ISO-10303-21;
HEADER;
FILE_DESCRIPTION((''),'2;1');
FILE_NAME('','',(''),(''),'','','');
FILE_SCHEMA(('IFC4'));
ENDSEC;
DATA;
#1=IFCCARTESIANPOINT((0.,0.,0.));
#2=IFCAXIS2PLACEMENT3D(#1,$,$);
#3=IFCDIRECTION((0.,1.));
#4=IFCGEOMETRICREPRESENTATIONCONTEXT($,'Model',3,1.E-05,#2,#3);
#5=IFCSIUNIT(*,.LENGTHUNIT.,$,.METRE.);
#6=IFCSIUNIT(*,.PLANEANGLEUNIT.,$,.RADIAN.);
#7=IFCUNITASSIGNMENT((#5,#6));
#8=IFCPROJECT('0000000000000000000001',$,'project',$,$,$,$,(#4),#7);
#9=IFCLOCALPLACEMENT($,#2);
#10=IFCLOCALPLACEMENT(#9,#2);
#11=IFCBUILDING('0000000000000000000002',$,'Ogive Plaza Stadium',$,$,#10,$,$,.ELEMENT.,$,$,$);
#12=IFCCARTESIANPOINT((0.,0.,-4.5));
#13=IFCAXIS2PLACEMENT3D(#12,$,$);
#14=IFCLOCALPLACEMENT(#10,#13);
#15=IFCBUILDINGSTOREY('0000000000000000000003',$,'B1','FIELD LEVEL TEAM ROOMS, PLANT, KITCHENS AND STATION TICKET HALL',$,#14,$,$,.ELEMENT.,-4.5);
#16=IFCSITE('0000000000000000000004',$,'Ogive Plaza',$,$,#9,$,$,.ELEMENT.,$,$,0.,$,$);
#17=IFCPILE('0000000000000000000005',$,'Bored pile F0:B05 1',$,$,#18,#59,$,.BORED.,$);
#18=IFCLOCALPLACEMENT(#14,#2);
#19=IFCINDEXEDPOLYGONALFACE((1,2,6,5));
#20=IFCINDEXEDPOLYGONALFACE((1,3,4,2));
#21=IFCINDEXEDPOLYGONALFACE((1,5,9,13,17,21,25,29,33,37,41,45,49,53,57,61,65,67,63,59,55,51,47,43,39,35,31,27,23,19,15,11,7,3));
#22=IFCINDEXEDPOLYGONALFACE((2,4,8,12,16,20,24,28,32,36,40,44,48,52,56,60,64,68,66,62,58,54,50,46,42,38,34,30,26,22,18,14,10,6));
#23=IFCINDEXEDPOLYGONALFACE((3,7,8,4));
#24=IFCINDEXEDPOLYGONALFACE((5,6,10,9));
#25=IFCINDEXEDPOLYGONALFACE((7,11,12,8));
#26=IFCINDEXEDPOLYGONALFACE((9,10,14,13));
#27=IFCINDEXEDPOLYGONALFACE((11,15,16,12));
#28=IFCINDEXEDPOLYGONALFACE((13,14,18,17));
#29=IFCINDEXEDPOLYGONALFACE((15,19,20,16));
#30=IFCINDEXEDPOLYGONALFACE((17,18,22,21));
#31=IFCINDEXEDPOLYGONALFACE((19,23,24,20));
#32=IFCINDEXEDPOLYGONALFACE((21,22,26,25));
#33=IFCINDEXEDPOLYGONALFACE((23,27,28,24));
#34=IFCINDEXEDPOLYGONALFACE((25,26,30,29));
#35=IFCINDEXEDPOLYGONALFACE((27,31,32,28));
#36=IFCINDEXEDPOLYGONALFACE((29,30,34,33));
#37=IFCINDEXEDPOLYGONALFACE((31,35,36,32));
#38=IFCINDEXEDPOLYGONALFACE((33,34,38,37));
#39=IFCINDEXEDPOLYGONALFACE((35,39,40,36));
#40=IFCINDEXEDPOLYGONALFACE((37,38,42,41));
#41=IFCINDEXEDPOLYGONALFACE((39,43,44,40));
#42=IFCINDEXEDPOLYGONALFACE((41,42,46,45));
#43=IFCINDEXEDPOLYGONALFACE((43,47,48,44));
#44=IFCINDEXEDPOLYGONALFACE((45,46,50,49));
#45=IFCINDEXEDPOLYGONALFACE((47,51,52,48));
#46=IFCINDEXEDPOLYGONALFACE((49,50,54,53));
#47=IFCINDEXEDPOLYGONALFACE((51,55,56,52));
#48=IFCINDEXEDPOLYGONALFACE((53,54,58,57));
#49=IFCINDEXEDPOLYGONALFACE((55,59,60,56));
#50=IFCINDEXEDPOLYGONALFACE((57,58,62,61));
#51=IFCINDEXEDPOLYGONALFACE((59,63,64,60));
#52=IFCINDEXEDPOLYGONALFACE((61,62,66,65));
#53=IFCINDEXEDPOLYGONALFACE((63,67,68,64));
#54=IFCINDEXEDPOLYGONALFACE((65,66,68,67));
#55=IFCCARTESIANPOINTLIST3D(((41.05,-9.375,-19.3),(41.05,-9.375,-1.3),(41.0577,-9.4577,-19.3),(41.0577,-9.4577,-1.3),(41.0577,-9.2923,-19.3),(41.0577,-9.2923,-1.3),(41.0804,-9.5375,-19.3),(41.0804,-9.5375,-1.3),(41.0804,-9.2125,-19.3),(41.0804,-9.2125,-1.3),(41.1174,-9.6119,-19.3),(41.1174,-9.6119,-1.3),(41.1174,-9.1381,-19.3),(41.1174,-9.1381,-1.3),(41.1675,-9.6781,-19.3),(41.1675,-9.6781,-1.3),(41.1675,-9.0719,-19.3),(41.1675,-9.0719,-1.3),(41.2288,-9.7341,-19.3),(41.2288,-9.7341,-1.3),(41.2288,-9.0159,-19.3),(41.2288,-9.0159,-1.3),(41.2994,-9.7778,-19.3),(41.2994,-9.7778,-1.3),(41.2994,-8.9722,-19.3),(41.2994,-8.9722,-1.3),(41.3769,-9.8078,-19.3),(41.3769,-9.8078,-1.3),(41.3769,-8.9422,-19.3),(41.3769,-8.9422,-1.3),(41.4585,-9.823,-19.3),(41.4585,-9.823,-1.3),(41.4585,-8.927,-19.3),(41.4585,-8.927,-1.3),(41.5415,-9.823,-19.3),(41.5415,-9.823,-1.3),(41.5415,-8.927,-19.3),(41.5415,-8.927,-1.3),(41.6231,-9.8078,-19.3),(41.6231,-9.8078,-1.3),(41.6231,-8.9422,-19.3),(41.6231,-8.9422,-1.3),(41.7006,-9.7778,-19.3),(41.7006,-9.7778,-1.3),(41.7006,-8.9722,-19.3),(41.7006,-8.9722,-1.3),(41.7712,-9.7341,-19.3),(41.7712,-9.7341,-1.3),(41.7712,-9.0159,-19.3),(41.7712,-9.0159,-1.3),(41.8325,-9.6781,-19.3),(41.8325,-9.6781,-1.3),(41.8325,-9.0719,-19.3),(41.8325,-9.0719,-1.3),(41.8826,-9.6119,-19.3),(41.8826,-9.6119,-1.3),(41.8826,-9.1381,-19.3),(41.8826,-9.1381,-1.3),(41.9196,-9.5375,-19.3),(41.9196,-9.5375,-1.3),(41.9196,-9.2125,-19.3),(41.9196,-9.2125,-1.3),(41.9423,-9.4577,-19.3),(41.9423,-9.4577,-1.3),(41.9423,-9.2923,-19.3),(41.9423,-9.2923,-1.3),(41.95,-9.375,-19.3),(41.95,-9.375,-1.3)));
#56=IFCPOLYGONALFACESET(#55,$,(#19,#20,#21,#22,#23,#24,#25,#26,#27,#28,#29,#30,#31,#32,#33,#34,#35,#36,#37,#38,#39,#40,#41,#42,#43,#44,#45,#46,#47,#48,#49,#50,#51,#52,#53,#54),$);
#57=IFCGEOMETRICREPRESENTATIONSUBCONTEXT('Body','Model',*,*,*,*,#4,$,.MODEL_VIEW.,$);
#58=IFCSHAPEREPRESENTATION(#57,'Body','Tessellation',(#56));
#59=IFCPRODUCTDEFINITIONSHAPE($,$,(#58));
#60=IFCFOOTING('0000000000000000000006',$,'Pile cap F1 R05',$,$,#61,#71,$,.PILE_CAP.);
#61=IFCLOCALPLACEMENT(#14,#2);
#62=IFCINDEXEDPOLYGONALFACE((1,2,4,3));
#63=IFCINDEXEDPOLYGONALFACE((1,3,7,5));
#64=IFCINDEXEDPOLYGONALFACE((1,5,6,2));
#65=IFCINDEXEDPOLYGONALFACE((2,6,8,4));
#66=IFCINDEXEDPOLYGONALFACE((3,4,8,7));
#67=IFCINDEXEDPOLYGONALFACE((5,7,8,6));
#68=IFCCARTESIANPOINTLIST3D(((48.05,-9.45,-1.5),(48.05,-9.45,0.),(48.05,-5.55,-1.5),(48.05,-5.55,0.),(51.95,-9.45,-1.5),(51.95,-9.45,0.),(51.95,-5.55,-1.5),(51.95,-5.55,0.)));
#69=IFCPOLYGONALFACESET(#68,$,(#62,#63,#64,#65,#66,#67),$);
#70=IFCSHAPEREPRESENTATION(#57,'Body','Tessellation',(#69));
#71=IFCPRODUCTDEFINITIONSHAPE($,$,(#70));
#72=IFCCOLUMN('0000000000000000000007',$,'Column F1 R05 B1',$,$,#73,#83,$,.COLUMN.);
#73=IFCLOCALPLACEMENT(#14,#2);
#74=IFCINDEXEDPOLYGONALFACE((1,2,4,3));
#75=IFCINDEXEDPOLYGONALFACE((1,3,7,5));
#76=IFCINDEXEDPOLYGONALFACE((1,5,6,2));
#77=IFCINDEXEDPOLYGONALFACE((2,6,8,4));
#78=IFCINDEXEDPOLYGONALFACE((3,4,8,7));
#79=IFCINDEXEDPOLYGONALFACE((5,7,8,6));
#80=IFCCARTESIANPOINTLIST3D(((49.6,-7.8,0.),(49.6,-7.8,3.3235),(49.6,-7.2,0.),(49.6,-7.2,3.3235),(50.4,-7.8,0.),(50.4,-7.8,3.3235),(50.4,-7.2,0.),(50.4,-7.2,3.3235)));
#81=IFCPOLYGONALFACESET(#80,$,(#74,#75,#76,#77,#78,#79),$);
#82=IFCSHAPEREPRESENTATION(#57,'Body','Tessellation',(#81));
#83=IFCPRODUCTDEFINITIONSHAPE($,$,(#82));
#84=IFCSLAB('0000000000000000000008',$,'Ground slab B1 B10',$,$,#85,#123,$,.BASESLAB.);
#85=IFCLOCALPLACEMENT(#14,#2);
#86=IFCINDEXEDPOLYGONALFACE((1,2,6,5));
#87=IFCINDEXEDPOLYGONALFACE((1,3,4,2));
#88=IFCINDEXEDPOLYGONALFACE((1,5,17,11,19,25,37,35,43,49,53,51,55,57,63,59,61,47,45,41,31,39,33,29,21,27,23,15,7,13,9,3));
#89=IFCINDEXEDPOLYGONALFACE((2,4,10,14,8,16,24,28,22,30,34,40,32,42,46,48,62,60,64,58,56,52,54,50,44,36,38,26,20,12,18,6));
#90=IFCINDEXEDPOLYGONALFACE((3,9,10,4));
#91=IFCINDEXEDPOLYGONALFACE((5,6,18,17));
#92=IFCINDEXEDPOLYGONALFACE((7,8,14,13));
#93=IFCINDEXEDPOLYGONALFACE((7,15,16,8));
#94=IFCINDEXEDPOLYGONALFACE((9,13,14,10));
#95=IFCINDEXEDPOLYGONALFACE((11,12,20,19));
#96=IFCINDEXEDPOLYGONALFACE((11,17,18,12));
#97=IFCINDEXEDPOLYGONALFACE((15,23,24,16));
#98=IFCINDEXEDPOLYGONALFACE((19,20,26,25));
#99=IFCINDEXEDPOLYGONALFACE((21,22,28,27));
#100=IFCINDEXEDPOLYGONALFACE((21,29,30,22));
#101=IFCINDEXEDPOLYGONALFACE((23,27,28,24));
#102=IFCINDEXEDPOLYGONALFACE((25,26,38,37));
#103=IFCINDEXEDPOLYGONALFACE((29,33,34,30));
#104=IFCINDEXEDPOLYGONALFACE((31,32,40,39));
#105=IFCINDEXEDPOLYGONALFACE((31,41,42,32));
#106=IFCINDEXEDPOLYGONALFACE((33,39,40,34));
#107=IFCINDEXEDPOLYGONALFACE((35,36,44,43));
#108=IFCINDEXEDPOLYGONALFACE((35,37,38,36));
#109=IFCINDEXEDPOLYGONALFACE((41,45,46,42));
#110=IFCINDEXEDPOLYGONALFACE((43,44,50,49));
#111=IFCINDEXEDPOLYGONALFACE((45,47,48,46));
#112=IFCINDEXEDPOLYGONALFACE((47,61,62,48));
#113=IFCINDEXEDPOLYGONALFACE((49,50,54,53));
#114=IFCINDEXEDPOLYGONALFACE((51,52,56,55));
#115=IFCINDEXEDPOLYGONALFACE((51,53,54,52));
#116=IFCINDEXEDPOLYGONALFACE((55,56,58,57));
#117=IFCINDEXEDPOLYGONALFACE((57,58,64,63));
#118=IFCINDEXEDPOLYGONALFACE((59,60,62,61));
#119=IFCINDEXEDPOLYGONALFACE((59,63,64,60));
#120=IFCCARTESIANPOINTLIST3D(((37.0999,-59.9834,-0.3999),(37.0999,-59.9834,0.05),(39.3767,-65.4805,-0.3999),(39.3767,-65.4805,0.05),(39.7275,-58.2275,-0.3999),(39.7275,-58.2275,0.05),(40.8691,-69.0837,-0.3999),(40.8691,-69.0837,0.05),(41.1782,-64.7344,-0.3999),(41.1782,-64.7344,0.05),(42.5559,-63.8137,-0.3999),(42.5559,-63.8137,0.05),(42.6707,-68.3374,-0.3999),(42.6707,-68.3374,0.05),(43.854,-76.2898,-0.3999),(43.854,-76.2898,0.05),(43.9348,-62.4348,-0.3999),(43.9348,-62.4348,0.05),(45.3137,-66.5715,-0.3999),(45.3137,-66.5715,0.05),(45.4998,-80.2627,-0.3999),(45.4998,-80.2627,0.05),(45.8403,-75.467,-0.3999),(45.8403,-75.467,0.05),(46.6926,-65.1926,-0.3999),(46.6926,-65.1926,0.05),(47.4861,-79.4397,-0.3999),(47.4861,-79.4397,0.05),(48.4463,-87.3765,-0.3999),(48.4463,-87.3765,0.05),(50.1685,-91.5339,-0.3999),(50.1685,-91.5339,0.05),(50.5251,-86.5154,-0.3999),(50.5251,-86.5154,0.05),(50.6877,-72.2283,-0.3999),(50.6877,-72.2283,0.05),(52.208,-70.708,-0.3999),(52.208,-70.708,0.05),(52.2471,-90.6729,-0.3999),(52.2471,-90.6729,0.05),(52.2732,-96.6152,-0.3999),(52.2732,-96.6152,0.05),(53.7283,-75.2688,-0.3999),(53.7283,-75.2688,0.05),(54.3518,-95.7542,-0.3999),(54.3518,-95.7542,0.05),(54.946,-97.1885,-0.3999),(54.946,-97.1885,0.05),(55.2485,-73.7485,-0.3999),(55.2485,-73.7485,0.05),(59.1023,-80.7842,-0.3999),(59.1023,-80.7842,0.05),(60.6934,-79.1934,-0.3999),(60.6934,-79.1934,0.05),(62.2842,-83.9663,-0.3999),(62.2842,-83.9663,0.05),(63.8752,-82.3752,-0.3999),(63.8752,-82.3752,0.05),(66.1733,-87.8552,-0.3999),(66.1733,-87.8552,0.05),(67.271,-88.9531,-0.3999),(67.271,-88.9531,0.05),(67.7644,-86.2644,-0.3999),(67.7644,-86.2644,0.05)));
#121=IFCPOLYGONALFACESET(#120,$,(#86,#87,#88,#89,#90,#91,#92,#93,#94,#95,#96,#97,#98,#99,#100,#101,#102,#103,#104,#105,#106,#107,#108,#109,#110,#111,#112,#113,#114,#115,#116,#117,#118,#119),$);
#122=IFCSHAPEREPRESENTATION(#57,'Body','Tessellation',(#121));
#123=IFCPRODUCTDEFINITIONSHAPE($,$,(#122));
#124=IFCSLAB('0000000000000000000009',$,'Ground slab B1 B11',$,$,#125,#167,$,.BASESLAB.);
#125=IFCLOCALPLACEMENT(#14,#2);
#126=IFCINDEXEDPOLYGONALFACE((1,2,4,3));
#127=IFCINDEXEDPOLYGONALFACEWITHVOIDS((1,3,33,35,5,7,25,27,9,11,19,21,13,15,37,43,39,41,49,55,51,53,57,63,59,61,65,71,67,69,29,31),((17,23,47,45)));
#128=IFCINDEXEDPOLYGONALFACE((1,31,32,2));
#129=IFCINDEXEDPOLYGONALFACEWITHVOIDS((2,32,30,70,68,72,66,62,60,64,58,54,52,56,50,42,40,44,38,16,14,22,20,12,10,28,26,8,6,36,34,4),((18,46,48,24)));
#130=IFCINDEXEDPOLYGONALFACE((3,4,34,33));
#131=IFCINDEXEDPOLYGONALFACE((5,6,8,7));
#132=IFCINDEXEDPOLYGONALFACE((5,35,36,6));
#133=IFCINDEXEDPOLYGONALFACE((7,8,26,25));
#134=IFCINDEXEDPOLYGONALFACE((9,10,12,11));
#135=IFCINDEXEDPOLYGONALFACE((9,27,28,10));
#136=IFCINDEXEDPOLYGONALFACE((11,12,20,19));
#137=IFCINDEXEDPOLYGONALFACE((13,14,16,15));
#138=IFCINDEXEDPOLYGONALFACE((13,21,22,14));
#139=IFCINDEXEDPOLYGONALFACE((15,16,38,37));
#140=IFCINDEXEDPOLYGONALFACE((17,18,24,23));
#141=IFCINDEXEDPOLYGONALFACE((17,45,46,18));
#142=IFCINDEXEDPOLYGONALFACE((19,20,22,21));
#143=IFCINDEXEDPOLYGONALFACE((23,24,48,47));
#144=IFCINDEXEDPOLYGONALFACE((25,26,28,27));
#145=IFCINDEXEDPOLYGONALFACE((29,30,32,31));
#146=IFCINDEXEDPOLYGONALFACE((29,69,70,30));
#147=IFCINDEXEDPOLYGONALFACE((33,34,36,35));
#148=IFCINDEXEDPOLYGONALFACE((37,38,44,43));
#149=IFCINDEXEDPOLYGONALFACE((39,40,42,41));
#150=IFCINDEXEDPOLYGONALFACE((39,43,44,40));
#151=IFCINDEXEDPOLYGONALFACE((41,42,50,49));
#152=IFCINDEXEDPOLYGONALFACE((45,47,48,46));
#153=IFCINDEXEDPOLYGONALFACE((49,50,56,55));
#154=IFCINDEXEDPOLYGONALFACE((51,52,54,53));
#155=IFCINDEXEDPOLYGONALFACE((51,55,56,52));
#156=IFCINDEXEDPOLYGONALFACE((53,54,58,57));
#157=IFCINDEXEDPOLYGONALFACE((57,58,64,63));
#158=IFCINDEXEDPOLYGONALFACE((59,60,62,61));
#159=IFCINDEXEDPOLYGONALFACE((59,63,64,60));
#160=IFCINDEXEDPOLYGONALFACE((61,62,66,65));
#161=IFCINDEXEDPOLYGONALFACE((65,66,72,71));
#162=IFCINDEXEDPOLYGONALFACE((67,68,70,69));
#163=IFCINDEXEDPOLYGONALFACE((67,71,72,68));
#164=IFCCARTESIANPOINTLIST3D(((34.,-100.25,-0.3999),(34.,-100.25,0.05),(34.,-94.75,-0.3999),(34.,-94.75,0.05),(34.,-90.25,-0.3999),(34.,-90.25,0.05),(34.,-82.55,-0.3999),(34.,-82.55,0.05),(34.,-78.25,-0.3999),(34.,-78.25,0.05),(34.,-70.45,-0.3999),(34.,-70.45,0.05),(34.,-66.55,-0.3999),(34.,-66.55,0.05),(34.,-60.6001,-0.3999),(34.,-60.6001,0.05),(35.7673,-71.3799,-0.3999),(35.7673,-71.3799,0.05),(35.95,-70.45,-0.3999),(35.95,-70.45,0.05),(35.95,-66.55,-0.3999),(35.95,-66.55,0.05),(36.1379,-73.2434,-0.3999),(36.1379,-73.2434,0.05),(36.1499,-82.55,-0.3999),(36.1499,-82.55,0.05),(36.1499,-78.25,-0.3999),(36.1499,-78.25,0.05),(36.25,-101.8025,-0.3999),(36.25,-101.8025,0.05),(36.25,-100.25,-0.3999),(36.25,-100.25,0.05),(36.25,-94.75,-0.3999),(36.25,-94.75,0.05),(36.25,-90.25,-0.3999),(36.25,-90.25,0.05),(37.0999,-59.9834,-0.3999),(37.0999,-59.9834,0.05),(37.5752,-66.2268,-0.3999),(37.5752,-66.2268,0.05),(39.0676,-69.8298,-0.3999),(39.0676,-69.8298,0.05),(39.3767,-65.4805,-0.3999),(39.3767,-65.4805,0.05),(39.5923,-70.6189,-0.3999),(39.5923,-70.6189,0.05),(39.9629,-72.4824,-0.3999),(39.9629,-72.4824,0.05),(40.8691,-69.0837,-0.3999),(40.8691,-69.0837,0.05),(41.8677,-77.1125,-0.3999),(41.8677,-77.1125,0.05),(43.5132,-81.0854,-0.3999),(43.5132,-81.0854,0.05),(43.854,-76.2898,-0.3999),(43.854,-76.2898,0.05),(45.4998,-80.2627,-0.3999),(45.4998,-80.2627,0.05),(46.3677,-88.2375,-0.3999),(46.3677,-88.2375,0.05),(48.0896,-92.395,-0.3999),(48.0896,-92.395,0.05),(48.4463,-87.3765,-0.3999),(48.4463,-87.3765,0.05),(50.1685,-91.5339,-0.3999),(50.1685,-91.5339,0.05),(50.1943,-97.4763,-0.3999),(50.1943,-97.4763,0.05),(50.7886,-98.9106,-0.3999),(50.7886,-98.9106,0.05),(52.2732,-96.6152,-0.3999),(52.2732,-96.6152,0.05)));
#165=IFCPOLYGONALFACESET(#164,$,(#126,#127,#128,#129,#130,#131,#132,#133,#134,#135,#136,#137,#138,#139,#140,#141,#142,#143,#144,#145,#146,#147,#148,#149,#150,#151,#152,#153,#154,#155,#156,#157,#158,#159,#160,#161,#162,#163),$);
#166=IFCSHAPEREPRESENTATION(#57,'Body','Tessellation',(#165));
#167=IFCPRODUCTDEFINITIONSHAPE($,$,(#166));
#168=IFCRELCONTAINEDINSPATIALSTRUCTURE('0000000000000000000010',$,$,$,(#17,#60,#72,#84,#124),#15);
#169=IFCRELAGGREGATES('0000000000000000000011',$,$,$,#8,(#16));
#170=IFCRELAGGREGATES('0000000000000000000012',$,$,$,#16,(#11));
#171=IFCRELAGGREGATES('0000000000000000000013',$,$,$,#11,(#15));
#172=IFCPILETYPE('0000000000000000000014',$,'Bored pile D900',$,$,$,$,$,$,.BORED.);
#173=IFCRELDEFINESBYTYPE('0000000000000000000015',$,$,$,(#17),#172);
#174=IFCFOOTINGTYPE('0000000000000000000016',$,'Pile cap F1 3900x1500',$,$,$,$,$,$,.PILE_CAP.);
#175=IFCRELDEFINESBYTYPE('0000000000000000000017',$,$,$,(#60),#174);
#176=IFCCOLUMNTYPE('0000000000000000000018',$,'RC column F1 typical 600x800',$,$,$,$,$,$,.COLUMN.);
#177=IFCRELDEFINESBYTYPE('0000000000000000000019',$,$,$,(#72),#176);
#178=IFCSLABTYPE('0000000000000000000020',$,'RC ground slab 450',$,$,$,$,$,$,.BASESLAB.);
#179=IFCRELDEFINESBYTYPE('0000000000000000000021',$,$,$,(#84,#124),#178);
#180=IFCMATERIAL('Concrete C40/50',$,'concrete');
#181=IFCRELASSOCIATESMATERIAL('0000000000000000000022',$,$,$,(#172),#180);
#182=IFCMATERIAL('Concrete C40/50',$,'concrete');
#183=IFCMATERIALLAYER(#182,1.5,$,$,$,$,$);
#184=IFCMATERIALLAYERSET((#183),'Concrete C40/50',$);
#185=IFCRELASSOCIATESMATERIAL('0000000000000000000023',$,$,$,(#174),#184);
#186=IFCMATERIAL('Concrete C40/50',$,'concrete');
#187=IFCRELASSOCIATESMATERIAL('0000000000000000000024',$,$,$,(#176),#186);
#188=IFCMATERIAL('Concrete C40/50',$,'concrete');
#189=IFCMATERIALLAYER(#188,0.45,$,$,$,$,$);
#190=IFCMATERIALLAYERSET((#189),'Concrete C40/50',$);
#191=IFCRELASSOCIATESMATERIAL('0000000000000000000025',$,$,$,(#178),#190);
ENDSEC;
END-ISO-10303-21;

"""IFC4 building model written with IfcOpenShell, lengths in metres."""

from ifc_helpers import new_model, si_unit, direction, frame, origin, origin_2d, place, context, subcontext, project, spatial, polyline, rectangle, circle, outline, extrude, material, layer, layer_set, material_profile, profile_set, type_object, element, save


model = new_model("IFC4")

# Units and contexts
model_context = context("Model", 3, precision=1e-05, world=origin(), true_north=direction((0.0, 1.0)))
body_context = subcontext(model_context, "Body", "Model", "MODEL_VIEW")
ifc_project = project(units=[si_unit("LENGTHUNIT", "METRE"), si_unit("PLANEANGLEUNIT", "RADIAN")], contexts=[model_context])

# Site, building, storey
site_placement = place(None, origin())
site = spatial("IfcSite", under=ifc_project, at=site_placement, Name="Ogive Plaza", CompositionType="ELEMENT", RefElevation=0.0)
building_placement = place(site_placement, origin())
building = spatial("IfcBuilding", under=site, at=building_placement, Name="Ogive Plaza Stadium", CompositionType="ELEMENT")
storey_placement = place(building_placement, frame((0.0, 0.0, -4.5)))
storey = spatial("IfcBuildingStorey", under=building, at=storey_placement, Name="B1", Description="FIELD LEVEL TEAM ROOMS, PLANT, KITCHENS AND STATION TICKET HALL", CompositionType="ELEMENT", Elevation=-4.5)

# Pile
ifc_material_1 = material(Name="Concrete C40/50", Category="concrete")
ifc_material_profile_1 = material_profile(ifc_material_1, circle(Radius=0.45, at=origin_2d()), Name="RC D900")
ifc_profile_set_1 = profile_set([ifc_material_profile_1], Name="Concrete C40/50")
pile_type = type_object("IfcPileType", Name="Bored pile D900", PredefinedType="BORED", material=ifc_profile_set_1)
for number, where, z_axis, x_axis, name in (
    (1, (41.5, -9.375, -1.3), (0.0, 0.0, -1.0), (1.0, 0.0, 0.0), "Bored pile F0:B05 1"),
):
    element("IfcPile", number, at=place(storey_placement, frame(where, z_axis=z_axis, x_axis=x_axis)), inside=storey, type_object=pile_type, Name=name, PredefinedType="BORED", context=body_context, shape_type="SweptSolid", body=[
        extrude(circle(Radius=0.45, at=origin_2d()), origin(), (0.0, 0.0, 1.0), 18.0),
    ])

# Footing
ifc_material_2 = material(Name="Concrete C40/50", Category="concrete")
ifc_layer_1 = layer(ifc_material_2, 1.5)
ifc_layer_set_1 = layer_set([ifc_layer_1], Name="Concrete C40/50")
footing_type = type_object("IfcFootingType", Name="Pile cap F1 3900x1500", PredefinedType="PILE_CAP", material=ifc_layer_set_1)
footing_placement = place(storey_placement, frame((50.0, -7.5, -1.5), z_axis=(0.0, 0.0, 1.0), x_axis=(1.0, 0.0, 0.0)))
element("IfcFooting", 2, at=footing_placement, inside=storey, type_object=footing_type, Name="Pile cap F1 R05", PredefinedType="PILE_CAP", context=body_context, shape_type="SweptSolid", body=[
    extrude(rectangle(XDim=3.8999, YDim=3.8999, at=origin_2d()), origin(), (0.0, 0.0, 1.0), 1.5),
])

# Column
ifc_material_3 = material(Name="Concrete C40/50", Category="concrete")
ifc_material_profile_2 = material_profile(ifc_material_3, rectangle(XDim=0.6001, YDim=0.8, at=origin_2d()), Name="RC 600x800")
ifc_profile_set_2 = profile_set([ifc_material_profile_2], Name="Concrete C40/50")
column_type = type_object("IfcColumnType", Name="RC column F1 typical 600x800", PredefinedType="COLUMN", material=ifc_profile_set_2)
column_placement = place(storey_placement, frame((50.0, -7.5, 0.0), z_axis=(0.0, 0.0, 1.0), x_axis=(0.0, 1.0, 0.0)))
element("IfcColumn", 3, at=column_placement, inside=storey, type_object=column_type, Name="Column F1 R05 B1", PredefinedType="COLUMN", context=body_context, shape_type="SweptSolid", body=[
    extrude(rectangle(XDim=0.6001, YDim=0.8, at=origin_2d()), origin(), (0.0, 0.0, 1.0), 3.3235),
])

# Slabs
ifc_material_4 = material(Name="Concrete C40/50", Category="concrete")
ifc_layer_2 = layer(ifc_material_4, 0.45)
ifc_layer_set_2 = layer_set([ifc_layer_2], Name="Concrete C40/50")
slab_type = type_object("IfcSlabType", Name="RC ground slab 450", PredefinedType="BASESLAB", material=ifc_layer_set_2)
slab_1_placement = place(storey_placement, frame((0.0, 0.0, -0.3999)))
element("IfcSlab", 4, at=slab_1_placement, inside=storey, type_object=slab_type, Name="Ground slab B1 B10", PredefinedType="BASESLAB", context=body_context, shape_type="SweptSolid", body=[
    extrude(outline(polyline([(39.3767, -65.4805), (41.1782, -64.7344), (42.6707, -68.3374), (40.8691, -69.0837), (43.854, -76.2898), (45.8403, -75.467), (47.4861, -79.4397), (45.4998, -80.2627), (48.4463, -87.3765), (50.5251, -86.5154), (52.2471, -90.6729), (50.1685, -91.5339), (52.2732, -96.6152), (54.3518, -95.7542), (54.946, -97.1885), (67.271, -88.9531), (66.1733, -87.8552), (67.7644, -86.2644), (63.8752, -82.3752), (62.2842, -83.9663), (59.1023, -80.7842), (60.6934, -79.1934), (55.2485, -73.7485), (53.7283, -75.2688), (50.6877, -72.2283), (52.208, -70.708), (46.6926, -65.1926), (45.3137, -66.5715), (42.5559, -63.8137), (43.9348, -62.4348), (39.7275, -58.2275), (37.0999, -59.9834), (39.3767, -65.4805)])), origin(), (0.0, 0.0, 1.0), 0.45),
])
slab_2_placement = place(storey_placement, frame((0.0, 0.0, -0.3999)))
element("IfcSlab", 5, at=slab_2_placement, inside=storey, type_object=slab_type, Name="Ground slab B1 B11", PredefinedType="BASESLAB", context=body_context, shape_type="SweptSolid", body=[
    extrude(outline(polyline([(34.0, -66.55), (35.95, -66.55), (35.95, -70.45), (34.0, -70.45), (34.0, -78.25), (36.1499, -78.25), (36.1499, -82.55), (34.0, -82.55), (34.0, -90.25), (36.25, -90.25), (36.25, -94.75), (34.0, -94.75), (34.0, -100.25), (36.25, -100.25), (36.25, -101.8025), (50.7886, -98.9106), (50.1943, -97.4763), (52.2732, -96.6152), (50.1685, -91.5339), (48.0896, -92.395), (46.3677, -88.2375), (48.4463, -87.3765), (45.4998, -80.2627), (43.5132, -81.0854), (41.8677, -77.1125), (43.854, -76.2898), (40.8691, -69.0837), (39.0676, -69.8298), (37.5752, -66.2268), (39.3767, -65.4805), (37.0999, -59.9834), (34.0, -60.6001), (34.0, -66.55)]), holes=[polyline([(39.9629, -72.4824), (39.5923, -70.6189), (35.7673, -71.3799), (36.1379, -73.2434), (39.9629, -72.4824)])]), origin(), (0.0, 0.0, 1.0), 0.45),
])

save(model, "model.ifc")
